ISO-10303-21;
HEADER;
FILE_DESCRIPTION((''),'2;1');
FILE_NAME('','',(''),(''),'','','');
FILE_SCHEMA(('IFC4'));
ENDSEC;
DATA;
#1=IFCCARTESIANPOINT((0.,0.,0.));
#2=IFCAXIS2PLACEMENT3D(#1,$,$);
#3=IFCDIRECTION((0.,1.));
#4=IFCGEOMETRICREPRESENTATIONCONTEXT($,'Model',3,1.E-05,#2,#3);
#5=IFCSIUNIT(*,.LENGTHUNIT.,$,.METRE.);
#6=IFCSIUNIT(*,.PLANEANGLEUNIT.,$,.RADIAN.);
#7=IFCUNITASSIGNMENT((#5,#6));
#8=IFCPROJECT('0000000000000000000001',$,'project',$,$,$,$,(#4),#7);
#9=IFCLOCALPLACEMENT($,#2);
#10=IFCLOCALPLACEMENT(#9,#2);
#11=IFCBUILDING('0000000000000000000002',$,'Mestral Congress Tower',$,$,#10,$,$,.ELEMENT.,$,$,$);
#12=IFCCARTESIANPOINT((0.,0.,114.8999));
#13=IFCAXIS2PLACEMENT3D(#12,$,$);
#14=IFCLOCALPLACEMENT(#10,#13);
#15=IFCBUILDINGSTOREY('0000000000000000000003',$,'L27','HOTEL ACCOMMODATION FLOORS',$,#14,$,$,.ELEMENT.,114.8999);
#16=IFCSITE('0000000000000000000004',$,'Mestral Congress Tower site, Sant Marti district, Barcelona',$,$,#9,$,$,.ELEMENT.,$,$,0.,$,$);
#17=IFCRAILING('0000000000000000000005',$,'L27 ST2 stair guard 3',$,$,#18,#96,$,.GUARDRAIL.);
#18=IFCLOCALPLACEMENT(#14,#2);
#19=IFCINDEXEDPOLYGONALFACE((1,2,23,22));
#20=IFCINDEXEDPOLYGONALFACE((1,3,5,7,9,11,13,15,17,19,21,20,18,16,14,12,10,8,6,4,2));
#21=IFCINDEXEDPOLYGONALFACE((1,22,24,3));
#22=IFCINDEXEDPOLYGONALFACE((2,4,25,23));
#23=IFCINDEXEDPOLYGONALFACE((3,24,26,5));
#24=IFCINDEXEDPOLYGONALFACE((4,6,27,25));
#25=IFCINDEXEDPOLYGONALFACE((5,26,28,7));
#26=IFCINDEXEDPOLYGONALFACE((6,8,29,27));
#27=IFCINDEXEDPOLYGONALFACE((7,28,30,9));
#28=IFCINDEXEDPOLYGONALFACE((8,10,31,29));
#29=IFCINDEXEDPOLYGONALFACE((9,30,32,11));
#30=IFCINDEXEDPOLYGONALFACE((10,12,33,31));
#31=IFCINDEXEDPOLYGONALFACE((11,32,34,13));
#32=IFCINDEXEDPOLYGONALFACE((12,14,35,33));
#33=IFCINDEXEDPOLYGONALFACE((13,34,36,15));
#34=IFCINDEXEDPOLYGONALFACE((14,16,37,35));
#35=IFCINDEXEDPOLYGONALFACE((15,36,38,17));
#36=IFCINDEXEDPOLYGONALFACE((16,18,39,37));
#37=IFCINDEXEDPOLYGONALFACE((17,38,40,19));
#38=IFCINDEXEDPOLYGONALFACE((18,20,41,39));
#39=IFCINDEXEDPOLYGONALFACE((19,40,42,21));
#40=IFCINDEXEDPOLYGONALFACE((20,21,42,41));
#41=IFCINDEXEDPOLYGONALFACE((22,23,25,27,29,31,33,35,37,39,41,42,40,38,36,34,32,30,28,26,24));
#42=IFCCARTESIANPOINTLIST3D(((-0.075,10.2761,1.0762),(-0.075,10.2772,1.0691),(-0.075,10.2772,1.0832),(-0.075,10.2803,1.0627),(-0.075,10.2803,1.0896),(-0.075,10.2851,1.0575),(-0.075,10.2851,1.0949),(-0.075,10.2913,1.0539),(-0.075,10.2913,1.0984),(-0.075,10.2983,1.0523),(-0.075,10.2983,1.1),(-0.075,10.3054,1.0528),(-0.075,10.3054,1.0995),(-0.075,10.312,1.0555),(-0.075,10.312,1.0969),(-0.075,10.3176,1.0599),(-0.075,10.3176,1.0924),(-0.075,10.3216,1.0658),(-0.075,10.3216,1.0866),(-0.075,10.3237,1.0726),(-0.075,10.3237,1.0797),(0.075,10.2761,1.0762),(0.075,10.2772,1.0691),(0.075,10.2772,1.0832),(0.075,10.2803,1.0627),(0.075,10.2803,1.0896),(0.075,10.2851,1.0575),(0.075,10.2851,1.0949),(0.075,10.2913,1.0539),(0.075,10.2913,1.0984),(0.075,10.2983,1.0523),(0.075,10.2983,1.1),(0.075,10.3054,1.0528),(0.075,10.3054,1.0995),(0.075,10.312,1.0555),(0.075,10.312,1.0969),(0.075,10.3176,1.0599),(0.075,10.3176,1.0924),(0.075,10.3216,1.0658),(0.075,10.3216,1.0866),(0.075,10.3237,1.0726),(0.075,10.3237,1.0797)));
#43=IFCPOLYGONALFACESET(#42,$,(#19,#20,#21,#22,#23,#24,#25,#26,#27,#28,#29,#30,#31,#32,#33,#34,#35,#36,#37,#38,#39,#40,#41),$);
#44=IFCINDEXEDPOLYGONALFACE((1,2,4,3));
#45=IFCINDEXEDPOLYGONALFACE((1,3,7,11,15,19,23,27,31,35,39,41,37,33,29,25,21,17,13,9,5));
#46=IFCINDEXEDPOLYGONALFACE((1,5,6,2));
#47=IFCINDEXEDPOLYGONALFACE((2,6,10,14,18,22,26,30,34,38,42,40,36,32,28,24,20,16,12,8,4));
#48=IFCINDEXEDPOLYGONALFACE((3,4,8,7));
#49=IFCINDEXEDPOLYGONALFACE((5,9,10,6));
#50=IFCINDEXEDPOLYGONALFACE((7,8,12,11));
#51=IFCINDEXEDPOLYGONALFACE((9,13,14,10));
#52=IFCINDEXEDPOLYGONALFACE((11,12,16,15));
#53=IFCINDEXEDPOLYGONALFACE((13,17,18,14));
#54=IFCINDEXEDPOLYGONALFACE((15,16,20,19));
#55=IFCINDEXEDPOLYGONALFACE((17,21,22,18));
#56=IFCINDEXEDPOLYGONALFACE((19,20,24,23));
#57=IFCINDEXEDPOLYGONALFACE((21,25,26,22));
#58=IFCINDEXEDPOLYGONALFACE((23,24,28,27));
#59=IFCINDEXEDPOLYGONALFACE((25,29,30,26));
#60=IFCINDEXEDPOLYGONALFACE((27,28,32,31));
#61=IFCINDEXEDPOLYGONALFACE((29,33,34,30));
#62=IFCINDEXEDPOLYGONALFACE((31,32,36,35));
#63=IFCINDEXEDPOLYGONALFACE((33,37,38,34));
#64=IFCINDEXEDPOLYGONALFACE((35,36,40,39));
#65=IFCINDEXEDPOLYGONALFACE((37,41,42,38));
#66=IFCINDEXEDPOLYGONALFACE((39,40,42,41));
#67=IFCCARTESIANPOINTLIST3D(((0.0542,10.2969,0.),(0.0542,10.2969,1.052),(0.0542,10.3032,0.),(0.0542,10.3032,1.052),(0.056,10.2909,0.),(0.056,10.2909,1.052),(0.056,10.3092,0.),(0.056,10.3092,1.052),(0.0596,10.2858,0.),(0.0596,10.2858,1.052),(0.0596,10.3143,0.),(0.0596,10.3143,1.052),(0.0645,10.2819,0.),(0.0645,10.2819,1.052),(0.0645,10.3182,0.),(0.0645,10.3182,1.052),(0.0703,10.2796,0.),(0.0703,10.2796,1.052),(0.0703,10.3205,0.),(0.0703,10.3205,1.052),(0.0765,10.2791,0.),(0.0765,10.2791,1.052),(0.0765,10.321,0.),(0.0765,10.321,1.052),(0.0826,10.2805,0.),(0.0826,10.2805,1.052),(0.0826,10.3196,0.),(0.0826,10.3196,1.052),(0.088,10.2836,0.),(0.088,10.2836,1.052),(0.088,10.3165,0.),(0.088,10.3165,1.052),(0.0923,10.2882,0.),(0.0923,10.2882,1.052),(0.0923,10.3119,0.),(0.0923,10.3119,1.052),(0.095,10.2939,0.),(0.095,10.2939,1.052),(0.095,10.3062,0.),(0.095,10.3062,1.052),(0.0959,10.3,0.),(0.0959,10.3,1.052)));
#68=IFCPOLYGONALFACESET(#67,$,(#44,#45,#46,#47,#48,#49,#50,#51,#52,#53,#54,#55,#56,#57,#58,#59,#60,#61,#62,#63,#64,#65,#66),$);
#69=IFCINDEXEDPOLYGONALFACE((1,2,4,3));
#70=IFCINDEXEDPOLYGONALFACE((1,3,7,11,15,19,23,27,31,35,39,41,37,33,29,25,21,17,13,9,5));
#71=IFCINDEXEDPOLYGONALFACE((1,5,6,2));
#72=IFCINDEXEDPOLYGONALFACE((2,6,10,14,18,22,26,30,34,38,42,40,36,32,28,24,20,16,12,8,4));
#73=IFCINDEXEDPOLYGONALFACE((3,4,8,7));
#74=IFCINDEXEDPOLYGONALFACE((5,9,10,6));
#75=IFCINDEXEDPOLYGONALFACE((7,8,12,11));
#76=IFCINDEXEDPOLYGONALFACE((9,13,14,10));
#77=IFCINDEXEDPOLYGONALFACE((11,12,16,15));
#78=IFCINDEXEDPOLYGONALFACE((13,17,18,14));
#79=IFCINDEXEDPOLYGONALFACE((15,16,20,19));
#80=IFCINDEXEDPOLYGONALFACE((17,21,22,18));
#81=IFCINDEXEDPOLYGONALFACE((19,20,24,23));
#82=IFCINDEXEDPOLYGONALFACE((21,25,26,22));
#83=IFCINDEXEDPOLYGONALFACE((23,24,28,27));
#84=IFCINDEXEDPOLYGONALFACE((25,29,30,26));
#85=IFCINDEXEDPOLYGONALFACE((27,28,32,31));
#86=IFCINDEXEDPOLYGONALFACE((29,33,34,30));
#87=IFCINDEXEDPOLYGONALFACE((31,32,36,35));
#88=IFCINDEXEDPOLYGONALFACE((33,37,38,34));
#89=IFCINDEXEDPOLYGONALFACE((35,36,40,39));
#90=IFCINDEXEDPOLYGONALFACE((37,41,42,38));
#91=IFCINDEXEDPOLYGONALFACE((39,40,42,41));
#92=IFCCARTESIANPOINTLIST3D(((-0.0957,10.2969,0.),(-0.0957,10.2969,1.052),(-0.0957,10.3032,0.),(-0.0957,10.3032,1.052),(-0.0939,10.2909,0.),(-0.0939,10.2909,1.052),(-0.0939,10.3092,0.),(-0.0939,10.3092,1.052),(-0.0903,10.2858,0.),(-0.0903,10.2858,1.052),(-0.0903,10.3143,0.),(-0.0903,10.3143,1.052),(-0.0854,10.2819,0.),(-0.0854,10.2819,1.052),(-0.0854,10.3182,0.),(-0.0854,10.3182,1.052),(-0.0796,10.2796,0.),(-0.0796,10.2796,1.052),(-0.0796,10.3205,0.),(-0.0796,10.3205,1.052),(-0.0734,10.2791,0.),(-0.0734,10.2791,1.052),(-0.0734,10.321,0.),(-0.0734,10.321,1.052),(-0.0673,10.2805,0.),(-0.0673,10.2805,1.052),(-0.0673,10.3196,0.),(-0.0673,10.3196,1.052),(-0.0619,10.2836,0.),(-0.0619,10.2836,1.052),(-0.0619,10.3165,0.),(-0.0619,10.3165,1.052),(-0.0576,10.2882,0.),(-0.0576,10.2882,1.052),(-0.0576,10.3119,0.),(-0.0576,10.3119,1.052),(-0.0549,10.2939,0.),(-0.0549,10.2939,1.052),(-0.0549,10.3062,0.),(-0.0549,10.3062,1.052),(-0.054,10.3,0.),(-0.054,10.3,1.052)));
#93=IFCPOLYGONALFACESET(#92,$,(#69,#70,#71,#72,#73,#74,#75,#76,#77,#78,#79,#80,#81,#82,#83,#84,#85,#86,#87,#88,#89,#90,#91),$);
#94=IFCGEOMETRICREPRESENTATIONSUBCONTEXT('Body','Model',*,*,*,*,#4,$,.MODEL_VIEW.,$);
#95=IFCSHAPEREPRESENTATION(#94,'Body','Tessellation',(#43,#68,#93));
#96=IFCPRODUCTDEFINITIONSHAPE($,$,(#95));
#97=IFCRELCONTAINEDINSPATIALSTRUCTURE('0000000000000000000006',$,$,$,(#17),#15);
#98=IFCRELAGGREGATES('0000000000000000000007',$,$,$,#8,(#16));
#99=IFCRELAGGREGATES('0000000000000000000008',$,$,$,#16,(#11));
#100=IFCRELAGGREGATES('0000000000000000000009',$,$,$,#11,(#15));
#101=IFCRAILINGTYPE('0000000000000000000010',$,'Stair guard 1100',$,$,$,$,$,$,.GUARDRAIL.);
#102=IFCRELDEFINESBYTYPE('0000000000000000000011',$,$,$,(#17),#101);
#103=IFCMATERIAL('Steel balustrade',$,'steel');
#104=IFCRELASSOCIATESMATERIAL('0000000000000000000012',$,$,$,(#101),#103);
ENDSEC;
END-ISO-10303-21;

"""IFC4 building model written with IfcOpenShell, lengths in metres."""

from ifc_helpers import new_model, si_unit, direction, frame, origin, origin_2d, place, context, subcontext, project, spatial, circle, extrude, material, type_object, element, save


model = new_model("IFC4")

# Units and contexts
model_context = context("Model", 3, precision=1e-05, world=origin(), true_north=direction((0.0, 1.0)))
body_context = subcontext(model_context, "Body", "Model", "MODEL_VIEW")
ifc_project = project(units=[si_unit("LENGTHUNIT", "METRE"), si_unit("PLANEANGLEUNIT", "RADIAN")], contexts=[model_context])

# Site, building, storey
site_placement = place(None, origin())
site = spatial("IfcSite", under=ifc_project, at=site_placement, Name="Mestral Congress Tower site, Sant Marti district, Barcelona", CompositionType="ELEMENT", RefElevation=0.0)
building_placement = place(site_placement, origin())
building = spatial("IfcBuilding", under=site, at=building_placement, Name="Mestral Congress Tower", CompositionType="ELEMENT")
storey_placement = place(building_placement, frame((0.0, 0.0, 114.8999)))
storey = spatial("IfcBuildingStorey", under=building, at=storey_placement, Name="L27", Description="HOTEL ACCOMMODATION FLOORS", CompositionType="ELEMENT", Elevation=114.8999)

# Railing
ifc_material_1 = material(Name="Steel balustrade", Category="steel")
railing_type = type_object("IfcRailingType", Name="Stair guard 1100", PredefinedType="GUARDRAIL", material=ifc_material_1)
railing_1_placement = place(storey_placement, frame((0.075, 10.3, 0.0)))
element("IfcRailing", 1, at=railing_1_placement, inside=storey, type_object=railing_type, Name="L27 ST2 stair guard 3", PredefinedType="GUARDRAIL", context=body_context, shape_type="SweptSolid", body=[
    extrude(circle(Radius=0.0239, at=origin_2d()), frame((0.0, 0.0, 1.0762), z_axis=(-1.0, 0.0, 0.0), x_axis=(0.0, -1.0, 0.0)), (0.0, 0.0, 1.0), 0.1499),
    extrude(circle(Radius=0.021, at=origin_2d()), origin(), (0.0, 0.0, 1.0), 1.052),
    extrude(circle(Radius=0.021, at=origin_2d()), frame((-0.1499, 0.0, 0.0)), (0.0, 0.0, 1.0), 1.052),
])

save(model, "model.ifc")
